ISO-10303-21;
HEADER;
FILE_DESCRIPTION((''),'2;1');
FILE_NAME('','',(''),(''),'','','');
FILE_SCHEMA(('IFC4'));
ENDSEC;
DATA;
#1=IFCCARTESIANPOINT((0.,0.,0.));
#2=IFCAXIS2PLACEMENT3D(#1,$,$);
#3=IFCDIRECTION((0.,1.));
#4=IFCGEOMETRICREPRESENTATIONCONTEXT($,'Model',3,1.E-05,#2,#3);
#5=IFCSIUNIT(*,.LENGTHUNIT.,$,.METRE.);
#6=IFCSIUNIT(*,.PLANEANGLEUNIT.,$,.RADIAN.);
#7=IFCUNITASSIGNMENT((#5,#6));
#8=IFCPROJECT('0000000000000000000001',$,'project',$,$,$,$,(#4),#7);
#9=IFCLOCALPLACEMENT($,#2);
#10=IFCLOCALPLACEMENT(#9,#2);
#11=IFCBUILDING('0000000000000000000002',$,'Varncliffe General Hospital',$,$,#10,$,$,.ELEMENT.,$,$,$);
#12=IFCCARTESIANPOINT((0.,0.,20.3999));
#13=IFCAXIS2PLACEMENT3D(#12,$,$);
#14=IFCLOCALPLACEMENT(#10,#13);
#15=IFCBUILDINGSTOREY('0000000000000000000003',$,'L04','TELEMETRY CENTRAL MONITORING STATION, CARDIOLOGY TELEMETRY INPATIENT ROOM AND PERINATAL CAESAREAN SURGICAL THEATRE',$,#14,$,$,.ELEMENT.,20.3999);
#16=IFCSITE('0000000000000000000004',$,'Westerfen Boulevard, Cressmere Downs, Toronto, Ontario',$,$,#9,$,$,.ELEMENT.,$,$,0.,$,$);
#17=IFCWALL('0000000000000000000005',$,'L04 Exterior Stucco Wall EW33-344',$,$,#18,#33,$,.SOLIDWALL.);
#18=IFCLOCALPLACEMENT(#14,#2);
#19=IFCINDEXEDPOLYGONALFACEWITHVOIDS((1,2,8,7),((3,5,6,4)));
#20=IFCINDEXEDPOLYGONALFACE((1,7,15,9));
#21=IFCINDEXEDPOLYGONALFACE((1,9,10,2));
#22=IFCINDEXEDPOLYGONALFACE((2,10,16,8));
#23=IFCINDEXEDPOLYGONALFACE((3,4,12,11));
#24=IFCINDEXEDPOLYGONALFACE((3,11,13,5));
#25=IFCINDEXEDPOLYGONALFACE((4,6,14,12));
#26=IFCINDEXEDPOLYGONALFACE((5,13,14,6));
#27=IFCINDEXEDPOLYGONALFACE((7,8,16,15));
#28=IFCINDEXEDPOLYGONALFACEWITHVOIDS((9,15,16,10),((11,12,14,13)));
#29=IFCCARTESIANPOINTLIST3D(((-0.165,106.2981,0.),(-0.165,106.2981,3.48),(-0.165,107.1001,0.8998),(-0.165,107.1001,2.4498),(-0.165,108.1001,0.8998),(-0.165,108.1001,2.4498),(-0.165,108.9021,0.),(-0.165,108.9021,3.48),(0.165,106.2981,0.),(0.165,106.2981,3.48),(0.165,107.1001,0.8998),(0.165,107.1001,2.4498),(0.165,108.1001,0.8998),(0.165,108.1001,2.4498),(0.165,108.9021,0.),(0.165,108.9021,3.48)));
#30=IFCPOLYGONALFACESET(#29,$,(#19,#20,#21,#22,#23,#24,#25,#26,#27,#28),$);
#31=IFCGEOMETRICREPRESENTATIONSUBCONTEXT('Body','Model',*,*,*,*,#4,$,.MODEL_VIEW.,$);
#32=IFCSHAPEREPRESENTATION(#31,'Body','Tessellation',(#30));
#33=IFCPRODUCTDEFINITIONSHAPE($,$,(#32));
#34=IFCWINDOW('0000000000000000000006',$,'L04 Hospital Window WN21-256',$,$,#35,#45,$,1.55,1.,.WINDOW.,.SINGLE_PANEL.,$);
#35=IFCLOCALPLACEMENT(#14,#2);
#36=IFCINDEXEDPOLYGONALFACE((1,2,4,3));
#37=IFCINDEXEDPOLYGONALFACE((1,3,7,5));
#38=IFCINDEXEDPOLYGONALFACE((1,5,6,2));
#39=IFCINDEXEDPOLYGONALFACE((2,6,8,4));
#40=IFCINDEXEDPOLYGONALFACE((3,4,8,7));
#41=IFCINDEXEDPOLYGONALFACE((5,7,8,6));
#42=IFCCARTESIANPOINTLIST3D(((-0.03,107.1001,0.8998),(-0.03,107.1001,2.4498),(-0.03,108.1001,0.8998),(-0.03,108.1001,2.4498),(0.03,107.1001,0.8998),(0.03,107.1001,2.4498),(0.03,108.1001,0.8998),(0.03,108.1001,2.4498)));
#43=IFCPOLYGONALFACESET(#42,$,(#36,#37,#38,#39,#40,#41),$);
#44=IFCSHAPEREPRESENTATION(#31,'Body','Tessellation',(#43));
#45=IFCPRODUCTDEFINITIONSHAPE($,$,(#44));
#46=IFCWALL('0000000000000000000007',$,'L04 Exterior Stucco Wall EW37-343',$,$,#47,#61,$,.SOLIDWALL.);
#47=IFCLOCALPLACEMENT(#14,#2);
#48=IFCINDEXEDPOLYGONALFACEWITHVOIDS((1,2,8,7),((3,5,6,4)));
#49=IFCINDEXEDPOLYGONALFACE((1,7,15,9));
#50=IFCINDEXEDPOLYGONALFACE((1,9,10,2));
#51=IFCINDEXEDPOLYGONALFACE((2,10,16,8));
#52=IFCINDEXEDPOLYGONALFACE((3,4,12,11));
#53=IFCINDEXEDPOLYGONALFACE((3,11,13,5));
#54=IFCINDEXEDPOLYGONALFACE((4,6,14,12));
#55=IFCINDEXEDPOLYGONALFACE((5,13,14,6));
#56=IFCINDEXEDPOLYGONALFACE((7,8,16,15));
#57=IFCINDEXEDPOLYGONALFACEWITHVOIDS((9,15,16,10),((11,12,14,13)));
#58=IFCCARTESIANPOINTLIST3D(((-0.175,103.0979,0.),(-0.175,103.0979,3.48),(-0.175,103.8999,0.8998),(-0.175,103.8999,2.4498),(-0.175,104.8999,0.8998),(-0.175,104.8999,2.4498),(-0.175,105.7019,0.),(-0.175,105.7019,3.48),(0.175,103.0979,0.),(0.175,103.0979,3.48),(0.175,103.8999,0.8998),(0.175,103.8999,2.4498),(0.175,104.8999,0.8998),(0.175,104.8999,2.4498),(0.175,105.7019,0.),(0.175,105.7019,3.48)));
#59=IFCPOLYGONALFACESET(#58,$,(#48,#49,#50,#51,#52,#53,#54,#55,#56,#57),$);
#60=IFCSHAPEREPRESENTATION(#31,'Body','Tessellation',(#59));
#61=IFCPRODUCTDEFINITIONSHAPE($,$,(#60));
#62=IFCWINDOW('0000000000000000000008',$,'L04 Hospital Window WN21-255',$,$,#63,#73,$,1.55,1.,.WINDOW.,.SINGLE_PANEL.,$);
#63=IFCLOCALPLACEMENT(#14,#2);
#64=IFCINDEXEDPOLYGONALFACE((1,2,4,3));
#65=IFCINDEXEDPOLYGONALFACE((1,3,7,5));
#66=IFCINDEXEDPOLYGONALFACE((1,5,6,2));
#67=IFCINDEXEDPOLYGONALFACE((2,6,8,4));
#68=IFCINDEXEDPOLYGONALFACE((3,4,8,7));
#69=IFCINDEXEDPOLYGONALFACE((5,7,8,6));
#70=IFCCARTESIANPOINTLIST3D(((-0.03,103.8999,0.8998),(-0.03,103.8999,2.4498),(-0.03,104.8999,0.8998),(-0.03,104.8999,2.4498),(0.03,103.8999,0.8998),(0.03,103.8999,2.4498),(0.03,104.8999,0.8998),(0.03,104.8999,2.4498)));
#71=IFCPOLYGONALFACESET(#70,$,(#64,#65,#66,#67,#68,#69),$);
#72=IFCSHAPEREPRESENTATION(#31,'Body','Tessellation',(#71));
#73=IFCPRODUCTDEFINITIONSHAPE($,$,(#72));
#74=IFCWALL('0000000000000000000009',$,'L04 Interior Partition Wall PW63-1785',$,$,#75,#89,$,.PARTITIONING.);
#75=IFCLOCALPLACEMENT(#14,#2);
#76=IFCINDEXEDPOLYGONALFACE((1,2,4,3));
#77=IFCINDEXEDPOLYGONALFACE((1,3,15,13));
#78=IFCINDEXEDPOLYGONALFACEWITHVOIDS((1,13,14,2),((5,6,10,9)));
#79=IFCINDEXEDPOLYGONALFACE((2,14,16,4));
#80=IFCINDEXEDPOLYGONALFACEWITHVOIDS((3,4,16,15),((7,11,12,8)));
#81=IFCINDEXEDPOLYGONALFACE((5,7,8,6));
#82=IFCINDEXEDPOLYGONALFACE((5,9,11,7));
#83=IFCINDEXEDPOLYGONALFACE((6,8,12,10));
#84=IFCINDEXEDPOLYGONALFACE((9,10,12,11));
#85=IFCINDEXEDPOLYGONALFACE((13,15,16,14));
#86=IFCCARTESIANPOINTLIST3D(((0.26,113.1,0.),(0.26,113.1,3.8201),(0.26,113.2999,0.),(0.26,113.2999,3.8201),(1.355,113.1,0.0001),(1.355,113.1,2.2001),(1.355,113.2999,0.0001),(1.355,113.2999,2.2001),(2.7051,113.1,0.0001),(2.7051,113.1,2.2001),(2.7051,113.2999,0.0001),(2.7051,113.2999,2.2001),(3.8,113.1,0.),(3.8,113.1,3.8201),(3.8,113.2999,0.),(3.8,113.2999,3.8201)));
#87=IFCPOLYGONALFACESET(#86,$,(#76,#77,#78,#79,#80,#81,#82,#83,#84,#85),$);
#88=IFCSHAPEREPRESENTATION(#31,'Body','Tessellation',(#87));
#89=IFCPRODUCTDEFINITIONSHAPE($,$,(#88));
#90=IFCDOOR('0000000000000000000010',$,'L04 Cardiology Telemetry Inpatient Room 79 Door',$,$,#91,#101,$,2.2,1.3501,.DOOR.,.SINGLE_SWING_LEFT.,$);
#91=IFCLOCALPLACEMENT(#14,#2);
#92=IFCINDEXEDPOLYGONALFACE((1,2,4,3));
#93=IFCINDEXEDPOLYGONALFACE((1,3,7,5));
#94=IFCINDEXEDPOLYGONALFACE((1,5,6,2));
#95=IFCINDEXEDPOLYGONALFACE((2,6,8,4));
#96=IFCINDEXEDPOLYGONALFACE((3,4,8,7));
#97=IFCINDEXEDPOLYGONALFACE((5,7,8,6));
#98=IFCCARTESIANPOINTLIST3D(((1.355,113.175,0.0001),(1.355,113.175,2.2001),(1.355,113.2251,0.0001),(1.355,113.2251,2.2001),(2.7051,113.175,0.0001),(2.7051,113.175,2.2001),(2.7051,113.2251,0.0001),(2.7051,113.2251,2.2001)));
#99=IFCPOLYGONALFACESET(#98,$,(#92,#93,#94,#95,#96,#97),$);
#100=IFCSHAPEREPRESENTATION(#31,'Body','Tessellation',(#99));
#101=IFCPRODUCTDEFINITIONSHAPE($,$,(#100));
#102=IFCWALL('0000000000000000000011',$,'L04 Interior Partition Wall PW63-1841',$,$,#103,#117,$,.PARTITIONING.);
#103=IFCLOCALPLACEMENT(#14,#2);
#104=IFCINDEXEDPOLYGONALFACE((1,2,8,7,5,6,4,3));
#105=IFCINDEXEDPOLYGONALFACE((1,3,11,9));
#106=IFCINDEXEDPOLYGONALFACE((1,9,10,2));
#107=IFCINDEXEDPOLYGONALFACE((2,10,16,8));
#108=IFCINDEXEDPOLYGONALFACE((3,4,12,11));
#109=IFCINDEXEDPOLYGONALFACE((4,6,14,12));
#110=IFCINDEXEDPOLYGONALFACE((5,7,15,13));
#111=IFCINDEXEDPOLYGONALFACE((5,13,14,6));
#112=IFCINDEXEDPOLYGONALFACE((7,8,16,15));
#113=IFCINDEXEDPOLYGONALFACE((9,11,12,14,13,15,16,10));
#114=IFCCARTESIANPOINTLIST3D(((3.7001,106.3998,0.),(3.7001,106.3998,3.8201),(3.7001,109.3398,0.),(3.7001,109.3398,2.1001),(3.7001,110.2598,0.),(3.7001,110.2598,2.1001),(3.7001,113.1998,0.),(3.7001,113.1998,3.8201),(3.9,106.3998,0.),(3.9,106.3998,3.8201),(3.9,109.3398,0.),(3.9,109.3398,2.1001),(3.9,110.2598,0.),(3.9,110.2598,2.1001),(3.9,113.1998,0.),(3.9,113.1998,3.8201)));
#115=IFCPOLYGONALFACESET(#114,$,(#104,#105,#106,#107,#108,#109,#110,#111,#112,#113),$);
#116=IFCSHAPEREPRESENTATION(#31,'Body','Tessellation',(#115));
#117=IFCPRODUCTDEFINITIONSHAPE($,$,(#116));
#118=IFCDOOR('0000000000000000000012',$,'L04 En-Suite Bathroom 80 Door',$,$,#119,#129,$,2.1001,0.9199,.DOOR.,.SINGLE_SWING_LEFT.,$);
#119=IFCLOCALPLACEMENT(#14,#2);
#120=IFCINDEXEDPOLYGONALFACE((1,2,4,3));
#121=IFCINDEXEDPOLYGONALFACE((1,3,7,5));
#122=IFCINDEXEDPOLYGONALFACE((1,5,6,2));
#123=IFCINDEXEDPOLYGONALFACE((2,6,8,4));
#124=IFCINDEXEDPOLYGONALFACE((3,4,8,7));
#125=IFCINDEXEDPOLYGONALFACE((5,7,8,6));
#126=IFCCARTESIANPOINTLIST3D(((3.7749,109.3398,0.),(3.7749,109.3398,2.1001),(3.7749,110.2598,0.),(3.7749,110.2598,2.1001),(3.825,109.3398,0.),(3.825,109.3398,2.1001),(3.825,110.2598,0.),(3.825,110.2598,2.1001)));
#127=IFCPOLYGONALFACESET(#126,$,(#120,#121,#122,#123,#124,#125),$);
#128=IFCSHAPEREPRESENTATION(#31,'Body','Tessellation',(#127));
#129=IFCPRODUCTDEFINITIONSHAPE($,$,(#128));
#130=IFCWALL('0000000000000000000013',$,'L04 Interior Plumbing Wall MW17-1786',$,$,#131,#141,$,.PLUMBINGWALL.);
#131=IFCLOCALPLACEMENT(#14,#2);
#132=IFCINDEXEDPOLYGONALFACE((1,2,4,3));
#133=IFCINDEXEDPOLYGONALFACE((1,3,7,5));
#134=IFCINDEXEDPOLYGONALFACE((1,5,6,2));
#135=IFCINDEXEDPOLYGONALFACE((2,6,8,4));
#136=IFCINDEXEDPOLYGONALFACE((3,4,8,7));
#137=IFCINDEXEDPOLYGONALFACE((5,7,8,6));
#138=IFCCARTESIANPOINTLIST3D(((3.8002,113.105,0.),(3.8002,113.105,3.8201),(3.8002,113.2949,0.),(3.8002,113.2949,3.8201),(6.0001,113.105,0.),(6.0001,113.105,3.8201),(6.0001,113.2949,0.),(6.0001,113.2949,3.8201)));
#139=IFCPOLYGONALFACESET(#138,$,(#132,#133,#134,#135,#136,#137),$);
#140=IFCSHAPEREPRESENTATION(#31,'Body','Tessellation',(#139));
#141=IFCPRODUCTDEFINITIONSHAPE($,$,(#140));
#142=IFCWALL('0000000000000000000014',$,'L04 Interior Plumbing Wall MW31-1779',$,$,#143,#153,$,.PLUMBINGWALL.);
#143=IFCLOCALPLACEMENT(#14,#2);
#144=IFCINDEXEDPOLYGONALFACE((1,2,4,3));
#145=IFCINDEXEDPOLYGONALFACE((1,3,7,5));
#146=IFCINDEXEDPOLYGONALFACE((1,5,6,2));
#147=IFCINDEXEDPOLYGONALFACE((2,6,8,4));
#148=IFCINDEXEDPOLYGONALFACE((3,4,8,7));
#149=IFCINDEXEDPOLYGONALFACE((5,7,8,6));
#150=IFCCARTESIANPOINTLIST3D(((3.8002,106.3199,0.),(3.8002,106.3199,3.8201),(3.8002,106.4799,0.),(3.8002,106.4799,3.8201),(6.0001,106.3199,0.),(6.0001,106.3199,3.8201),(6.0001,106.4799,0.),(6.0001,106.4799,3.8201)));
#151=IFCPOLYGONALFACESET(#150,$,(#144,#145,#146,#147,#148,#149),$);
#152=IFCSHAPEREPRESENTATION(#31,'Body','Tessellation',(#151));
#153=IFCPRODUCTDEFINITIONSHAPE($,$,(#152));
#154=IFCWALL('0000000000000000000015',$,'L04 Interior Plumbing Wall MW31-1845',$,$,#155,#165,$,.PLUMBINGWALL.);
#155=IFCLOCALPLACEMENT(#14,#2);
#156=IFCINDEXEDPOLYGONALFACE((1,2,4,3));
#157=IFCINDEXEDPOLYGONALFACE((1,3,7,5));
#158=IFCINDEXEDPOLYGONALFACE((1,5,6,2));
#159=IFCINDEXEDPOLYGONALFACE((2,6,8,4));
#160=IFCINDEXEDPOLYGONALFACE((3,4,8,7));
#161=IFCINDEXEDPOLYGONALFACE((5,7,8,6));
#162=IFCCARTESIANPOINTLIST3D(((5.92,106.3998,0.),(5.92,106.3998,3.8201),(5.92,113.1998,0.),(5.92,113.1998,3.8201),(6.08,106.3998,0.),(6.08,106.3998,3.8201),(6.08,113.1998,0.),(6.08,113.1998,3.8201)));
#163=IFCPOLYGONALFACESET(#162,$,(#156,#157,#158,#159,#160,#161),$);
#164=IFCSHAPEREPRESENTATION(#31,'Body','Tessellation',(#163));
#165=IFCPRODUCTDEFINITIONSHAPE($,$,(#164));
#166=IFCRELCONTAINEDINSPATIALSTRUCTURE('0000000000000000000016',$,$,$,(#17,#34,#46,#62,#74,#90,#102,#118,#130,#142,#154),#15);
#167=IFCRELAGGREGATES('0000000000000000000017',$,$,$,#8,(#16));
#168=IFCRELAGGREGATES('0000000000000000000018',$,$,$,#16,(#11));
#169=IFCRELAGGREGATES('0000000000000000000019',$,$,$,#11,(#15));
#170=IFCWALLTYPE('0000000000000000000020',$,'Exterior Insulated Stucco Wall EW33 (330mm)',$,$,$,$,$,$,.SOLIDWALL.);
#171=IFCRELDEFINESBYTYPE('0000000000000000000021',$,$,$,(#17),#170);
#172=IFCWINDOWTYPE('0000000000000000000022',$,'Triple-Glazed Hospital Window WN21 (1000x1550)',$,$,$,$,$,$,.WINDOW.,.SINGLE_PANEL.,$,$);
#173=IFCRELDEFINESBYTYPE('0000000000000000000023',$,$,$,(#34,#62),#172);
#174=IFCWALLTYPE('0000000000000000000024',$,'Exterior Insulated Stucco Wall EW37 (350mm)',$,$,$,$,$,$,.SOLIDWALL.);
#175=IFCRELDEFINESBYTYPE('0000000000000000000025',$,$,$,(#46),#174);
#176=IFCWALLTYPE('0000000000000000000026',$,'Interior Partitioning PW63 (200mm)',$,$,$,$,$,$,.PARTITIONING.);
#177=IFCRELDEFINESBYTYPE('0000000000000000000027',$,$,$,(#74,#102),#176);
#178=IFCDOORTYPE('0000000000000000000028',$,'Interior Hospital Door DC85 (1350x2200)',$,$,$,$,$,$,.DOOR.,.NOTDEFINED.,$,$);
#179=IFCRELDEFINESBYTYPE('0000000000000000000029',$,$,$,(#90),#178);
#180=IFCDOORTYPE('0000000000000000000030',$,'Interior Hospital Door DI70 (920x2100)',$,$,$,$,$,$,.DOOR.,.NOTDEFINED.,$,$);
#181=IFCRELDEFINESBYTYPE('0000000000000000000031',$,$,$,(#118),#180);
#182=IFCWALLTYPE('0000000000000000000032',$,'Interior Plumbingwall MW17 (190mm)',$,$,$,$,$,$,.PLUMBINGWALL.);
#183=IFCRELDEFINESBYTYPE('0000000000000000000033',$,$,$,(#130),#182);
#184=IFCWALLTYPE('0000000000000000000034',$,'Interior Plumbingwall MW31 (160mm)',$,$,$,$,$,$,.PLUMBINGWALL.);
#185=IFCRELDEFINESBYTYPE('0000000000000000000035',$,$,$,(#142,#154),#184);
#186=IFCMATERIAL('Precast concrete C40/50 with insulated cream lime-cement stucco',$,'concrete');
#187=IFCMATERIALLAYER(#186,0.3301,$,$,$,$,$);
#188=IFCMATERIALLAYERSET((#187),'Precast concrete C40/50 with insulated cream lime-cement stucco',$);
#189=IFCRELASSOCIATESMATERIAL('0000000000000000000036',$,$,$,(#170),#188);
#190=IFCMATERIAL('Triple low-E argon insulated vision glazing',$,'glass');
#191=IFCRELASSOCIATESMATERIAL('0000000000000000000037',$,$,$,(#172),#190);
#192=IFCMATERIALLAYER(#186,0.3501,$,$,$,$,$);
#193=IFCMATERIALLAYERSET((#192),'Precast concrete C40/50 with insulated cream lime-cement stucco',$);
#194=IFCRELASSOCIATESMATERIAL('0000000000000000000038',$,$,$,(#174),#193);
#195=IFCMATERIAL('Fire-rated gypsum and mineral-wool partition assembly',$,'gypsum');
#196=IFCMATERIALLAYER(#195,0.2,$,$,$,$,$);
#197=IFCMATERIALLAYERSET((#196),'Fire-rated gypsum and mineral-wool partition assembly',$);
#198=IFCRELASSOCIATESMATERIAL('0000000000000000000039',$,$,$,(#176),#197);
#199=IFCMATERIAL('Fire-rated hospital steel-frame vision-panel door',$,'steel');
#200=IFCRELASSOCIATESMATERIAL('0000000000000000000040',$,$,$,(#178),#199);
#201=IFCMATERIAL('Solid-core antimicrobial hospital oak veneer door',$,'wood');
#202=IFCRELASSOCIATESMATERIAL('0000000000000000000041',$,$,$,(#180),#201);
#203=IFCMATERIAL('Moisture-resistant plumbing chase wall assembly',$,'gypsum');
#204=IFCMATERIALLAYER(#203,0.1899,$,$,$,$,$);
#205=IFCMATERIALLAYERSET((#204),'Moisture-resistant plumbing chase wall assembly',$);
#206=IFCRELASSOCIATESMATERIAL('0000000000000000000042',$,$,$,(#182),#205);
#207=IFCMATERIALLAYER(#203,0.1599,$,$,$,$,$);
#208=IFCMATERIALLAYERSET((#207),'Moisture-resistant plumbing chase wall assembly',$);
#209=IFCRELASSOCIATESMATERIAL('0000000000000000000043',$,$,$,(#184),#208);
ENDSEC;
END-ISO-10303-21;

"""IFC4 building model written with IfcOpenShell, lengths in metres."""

from ifc_helpers import new_model, si_unit, direction, frame, frame_2d, origin, place, context, subcontext, project, spatial, rectangle, extrude, material, layer, layer_set, type_object, element, fill, save


model = new_model("IFC4")

# Units and contexts
model_context = context("Model", 3, precision=1e-05, world=origin(), true_north=direction((0.0, 1.0)))
body_context = subcontext(model_context, "Body", "Model", "MODEL_VIEW")
ifc_project = project(units=[si_unit("LENGTHUNIT", "METRE"), si_unit("PLANEANGLEUNIT", "RADIAN")], contexts=[model_context])

# Site, building, storey
site_placement = place(None, origin())
site = spatial("IfcSite", under=ifc_project, at=site_placement, Name="Westerfen Boulevard, Cressmere Downs, Toronto, Ontario", CompositionType="ELEMENT", RefElevation=0.0)
building_placement = place(site_placement, origin())
building = spatial("IfcBuilding", under=site, at=building_placement, Name="Varncliffe General Hospital", CompositionType="ELEMENT")
storey_placement = place(building_placement, frame((0.0, 0.0, 20.3999)))
storey = spatial("IfcBuildingStorey", under=building, at=storey_placement, Name="L04", Description="TELEMETRY CENTRAL MONITORING STATION, CARDIOLOGY TELEMETRY INPATIENT ROOM AND PERINATAL CAESAREAN SURGICAL THEATRE", CompositionType="ELEMENT", Elevation=20.3999)

# Shared definitions
ifc_material_1 = material(Name="Precast concrete C40/50 with insulated cream lime-cement stucco", Category="concrete")

# Walls, openings, windows
ifc_material_2 = material(Name="Triple low-E argon insulated vision glazing", Category="glass")
ifc_layer_1 = layer(ifc_material_1, 0.3301)
ifc_layer_set_1 = layer_set([ifc_layer_1], Name="Precast concrete C40/50 with insulated cream lime-cement stucco")
wall_type_1 = type_object("IfcWallType", Name="Exterior Insulated Stucco Wall EW33 (330mm)", PredefinedType="SOLIDWALL", material=ifc_layer_set_1)
wall_1_placement = place(storey_placement, frame((0.0, 106.2981, 0.0), z_axis=(0.0, 0.0, 1.0), x_axis=(0.0, 1.0, 0.0)))
wall_1 = element("IfcWall", 1, at=wall_1_placement, inside=storey, type_object=wall_type_1, Name="L04 Exterior Stucco Wall EW33-344", PredefinedType="SOLIDWALL", context=body_context, shape_type="SweptSolid", body=[
    extrude(rectangle(XDim=2.604, YDim=0.3301, at=frame_2d((1.302, 0.0))), origin(), (0.0, 0.0, 1.0), 3.48),
])
opening_1_placement = place(wall_1_placement, frame((0.802, 0.0, 0.8999)))
opening_1 = element("IfcOpeningElement", 2, at=opening_1_placement, cuts=wall_1, PredefinedType="OPENING", context=body_context, shape_type="SweptSolid", body=[
    extrude(rectangle(XDim=1.0, YDim=1.55, at=frame_2d((0.5, 0.7749))), frame((0.0, 0.175, 0.0), z_axis=(0.0, -1.0, 0.0), x_axis=(1.0, 0.0, 0.0)), (0.0, 0.0, 1.0), 0.3501),
])
window_type_1 = type_object("IfcWindowType", Name="Triple-Glazed Hospital Window WN21 (1000x1550)", PartitioningType="SINGLE_PANEL", PredefinedType="WINDOW", material=ifc_material_2)
window_1_placement = place(opening_1_placement, origin())
window_1 = element("IfcWindow", 3, at=window_1_placement, inside=storey, type_object=window_type_1, Name="L04 Hospital Window WN21-256", OverallHeight=1.55, OverallWidth=1.0, PartitioningType="SINGLE_PANEL", PredefinedType="WINDOW", context=body_context, shape_type="SweptSolid", body=[
    extrude(rectangle(XDim=1.0, YDim=1.55, at=frame_2d((0.5, 0.7749))), frame((0.0, 0.03, 0.0), z_axis=(0.0, -1.0, 0.0), x_axis=(1.0, 0.0, 0.0)), (0.0, 0.0, 1.0), 0.0601),
])
fill(opening_1, window_1)
ifc_layer_2 = layer(ifc_material_1, 0.3501)
ifc_layer_set_2 = layer_set([ifc_layer_2], Name="Precast concrete C40/50 with insulated cream lime-cement stucco")
wall_type_2 = type_object("IfcWallType", Name="Exterior Insulated Stucco Wall EW37 (350mm)", PredefinedType="SOLIDWALL", material=ifc_layer_set_2)
wall_2_placement = place(storey_placement, frame((0.0, 103.0979, 0.0), z_axis=(0.0, 0.0, 1.0), x_axis=(0.0, 1.0, 0.0)))
wall_2 = element("IfcWall", 4, at=wall_2_placement, inside=storey, type_object=wall_type_2, Name="L04 Exterior Stucco Wall EW37-343", PredefinedType="SOLIDWALL", context=body_context, shape_type="SweptSolid", body=[
    extrude(rectangle(XDim=2.604, YDim=0.3501, at=frame_2d((1.302, 0.0))), origin(), (0.0, 0.0, 1.0), 3.48),
])
opening_2_placement = place(wall_2_placement, frame((0.802, 0.0, 0.8999)))
opening_2 = element("IfcOpeningElement", 5, at=opening_2_placement, cuts=wall_2, PredefinedType="OPENING", context=body_context, shape_type="SweptSolid", body=[
    extrude(rectangle(XDim=1.0, YDim=1.55, at=frame_2d((0.5, 0.7749))), frame((0.0, 0.1851, 0.0), z_axis=(0.0, -1.0, 0.0), x_axis=(1.0, 0.0, 0.0)), (0.0, 0.0, 1.0), 0.3701),
])
window_2_placement = place(opening_2_placement, origin())
window_2 = element("IfcWindow", 6, at=window_2_placement, inside=storey, type_object=window_type_1, Name="L04 Hospital Window WN21-255", OverallHeight=1.55, OverallWidth=1.0, PartitioningType="SINGLE_PANEL", PredefinedType="WINDOW", context=body_context, shape_type="SweptSolid", body=[
    extrude(rectangle(XDim=1.0, YDim=1.55, at=frame_2d((0.5, 0.7749))), frame((0.0, 0.03, 0.0), z_axis=(0.0, -1.0, 0.0), x_axis=(1.0, 0.0, 0.0)), (0.0, 0.0, 1.0), 0.0601),
])
fill(opening_2, window_2)

# Walls, openings, doors
ifc_material_3 = material(Name="Fire-rated gypsum and mineral-wool partition assembly", Category="gypsum")
ifc_layer_3 = layer(ifc_material_3, 0.2)
ifc_layer_set_3 = layer_set([ifc_layer_3], Name="Fire-rated gypsum and mineral-wool partition assembly")
wall_type_3 = type_object("IfcWallType", Name="Interior Partitioning PW63 (200mm)", PredefinedType="PARTITIONING", material=ifc_layer_set_3)
wall_3_placement = place(storey_placement, frame((0.26, 113.2, 0.0), z_axis=(0.0, 0.0, 1.0), x_axis=(1.0, 0.0, 0.0)))
wall_3 = element("IfcWall", 7, at=wall_3_placement, inside=storey, type_object=wall_type_3, Name="L04 Interior Partition Wall PW63-1785", PredefinedType="PARTITIONING", context=body_context, shape_type="SweptSolid", body=[
    extrude(rectangle(XDim=3.54, YDim=0.2, at=frame_2d((1.77, 0.0))), origin(), (0.0, 0.0, 1.0), 3.8201),
])
opening_3_placement = place(wall_3_placement, frame((1.095, 0.0, 0.0)))
opening_3 = element("IfcOpeningElement", 8, at=opening_3_placement, cuts=wall_3, PredefinedType="OPENING", context=body_context, shape_type="SweptSolid", body=[
    extrude(rectangle(XDim=1.3501, YDim=2.2, at=frame_2d((0.675, 1.1001))), frame((0.0, 0.1099, 0.0), z_axis=(0.0, -1.0, 0.0), x_axis=(1.0, 0.0, 0.0)), (0.0, 0.0, 1.0), 0.22),
])
ifc_material_4 = material(Name="Fire-rated hospital steel-frame vision-panel door", Category="steel")
door_type_1 = type_object("IfcDoorType", Name="Interior Hospital Door DC85 (1350x2200)", OperationType="NOTDEFINED", PredefinedType="DOOR", material=ifc_material_4)
door_1_placement = place(opening_3_placement, frame((1.3501, 0.0, 0.0), z_axis=(0.0, 0.0, 1.0), x_axis=(-1.0, 0.0, 0.0)))
door_1 = element("IfcDoor", 9, at=door_1_placement, inside=storey, type_object=door_type_1, Name="L04 Cardiology Telemetry Inpatient Room 79 Door", OperationType="SINGLE_SWING_LEFT", OverallHeight=2.2, OverallWidth=1.3501, PredefinedType="DOOR", context=body_context, shape_type="SweptSolid", body=[
    extrude(rectangle(XDim=1.3501, YDim=2.2, at=frame_2d((0.675, 1.1001))), frame((0.0, 0.0249, 0.0), z_axis=(0.0, -1.0, 0.0), x_axis=(1.0, 0.0, 0.0)), (0.0, 0.0, 1.0), 0.05),
])
fill(opening_3, door_1)
wall_4_placement = place(storey_placement, frame((3.8, 106.3999, 0.0), z_axis=(0.0, 0.0, 1.0), x_axis=(0.0, 1.0, 0.0)))
wall_4 = element("IfcWall", 10, at=wall_4_placement, inside=storey, type_object=wall_type_3, Name="L04 Interior Partition Wall PW63-1841", PredefinedType="PARTITIONING", context=body_context, shape_type="SweptSolid", body=[
    extrude(rectangle(XDim=6.8, YDim=0.2, at=frame_2d((3.3999, 0.0))), origin(), (0.0, 0.0, 1.0), 3.8201),
])
opening_4_placement = place(wall_4_placement, frame((2.9399, 0.0, 0.0)))
opening_4 = element("IfcOpeningElement", 11, at=opening_4_placement, cuts=wall_4, PredefinedType="OPENING", context=body_context, shape_type="SweptSolid", body=[
    extrude(rectangle(XDim=0.9199, YDim=2.1001, at=frame_2d((0.46, 1.05))), frame((0.0, 0.1099, 0.0), z_axis=(0.0, -1.0, 0.0), x_axis=(1.0, 0.0, 0.0)), (0.0, 0.0, 1.0), 0.22),
])
ifc_material_5 = material(Name="Solid-core antimicrobial hospital oak veneer door", Category="wood")
door_type_2 = type_object("IfcDoorType", Name="Interior Hospital Door DI70 (920x2100)", OperationType="NOTDEFINED", PredefinedType="DOOR", material=ifc_material_5)
door_2_placement = place(opening_4_placement, frame((0.9199, 0.0, 0.0), z_axis=(0.0, 0.0, 1.0), x_axis=(-1.0, 0.0, 0.0)))
door_2 = element("IfcDoor", 12, at=door_2_placement, inside=storey, type_object=door_type_2, Name="L04 En-Suite Bathroom 80 Door", OperationType="SINGLE_SWING_LEFT", OverallHeight=2.1001, OverallWidth=0.9199, PredefinedType="DOOR", context=body_context, shape_type="SweptSolid", body=[
    extrude(rectangle(XDim=0.9199, YDim=2.1001, at=frame_2d((0.46, 1.05))), frame((0.0, 0.0249, 0.0), z_axis=(0.0, -1.0, 0.0), x_axis=(1.0, 0.0, 0.0)), (0.0, 0.0, 1.0), 0.05),
])
fill(opening_4, door_2)

# Walls
ifc_material_6 = material(Name="Moisture-resistant plumbing chase wall assembly", Category="gypsum")
ifc_layer_4 = layer(ifc_material_6, 0.1899)
ifc_layer_set_4 = layer_set([ifc_layer_4], Name="Moisture-resistant plumbing chase wall assembly")
wall_type_4 = type_object("IfcWallType", Name="Interior Plumbingwall MW17 (190mm)", PredefinedType="PLUMBINGWALL", material=ifc_layer_set_4)
wall_5_placement = place(storey_placement, frame((3.8, 113.2, 0.0), z_axis=(0.0, 0.0, 1.0), x_axis=(1.0, 0.0, 0.0)))
element("IfcWall", 13, at=wall_5_placement, inside=storey, type_object=wall_type_4, Name="L04 Interior Plumbing Wall MW17-1786", PredefinedType="PLUMBINGWALL", context=body_context, shape_type="SweptSolid", body=[
    extrude(rectangle(XDim=2.2, YDim=0.1899, at=frame_2d((1.1001, 0.0))), origin(), (0.0, 0.0, 1.0), 3.8201),
])
ifc_layer_5 = layer(ifc_material_6, 0.1599)
ifc_layer_set_5 = layer_set([ifc_layer_5], Name="Moisture-resistant plumbing chase wall assembly")
wall_type_5 = type_object("IfcWallType", Name="Interior Plumbingwall MW31 (160mm)", PredefinedType="PLUMBINGWALL", material=ifc_layer_set_5)
wall_6_placement = place(storey_placement, frame((3.8, 106.3999, 0.0), z_axis=(0.0, 0.0, 1.0), x_axis=(1.0, 0.0, 0.0)))
element("IfcWall", 14, at=wall_6_placement, inside=storey, type_object=wall_type_5, Name="L04 Interior Plumbing Wall MW31-1779", PredefinedType="PLUMBINGWALL", context=body_context, shape_type="SweptSolid", body=[
    extrude(rectangle(XDim=2.2, YDim=0.1599, at=frame_2d((1.1001, 0.0))), origin(), (0.0, 0.0, 1.0), 3.8201),
])
wall_7_placement = place(storey_placement, frame((6.0, 106.3999, 0.0), z_axis=(0.0, 0.0, 1.0), x_axis=(0.0, 1.0, 0.0)))
element("IfcWall", 15, at=wall_7_placement, inside=storey, type_object=wall_type_5, Name="L04 Interior Plumbing Wall MW31-1845", PredefinedType="PLUMBINGWALL", context=body_context, shape_type="SweptSolid", body=[
    extrude(rectangle(XDim=6.8, YDim=0.1599, at=frame_2d((3.3999, 0.0))), origin(), (0.0, 0.0, 1.0), 3.8201),
])

save(model, "model.ifc")
